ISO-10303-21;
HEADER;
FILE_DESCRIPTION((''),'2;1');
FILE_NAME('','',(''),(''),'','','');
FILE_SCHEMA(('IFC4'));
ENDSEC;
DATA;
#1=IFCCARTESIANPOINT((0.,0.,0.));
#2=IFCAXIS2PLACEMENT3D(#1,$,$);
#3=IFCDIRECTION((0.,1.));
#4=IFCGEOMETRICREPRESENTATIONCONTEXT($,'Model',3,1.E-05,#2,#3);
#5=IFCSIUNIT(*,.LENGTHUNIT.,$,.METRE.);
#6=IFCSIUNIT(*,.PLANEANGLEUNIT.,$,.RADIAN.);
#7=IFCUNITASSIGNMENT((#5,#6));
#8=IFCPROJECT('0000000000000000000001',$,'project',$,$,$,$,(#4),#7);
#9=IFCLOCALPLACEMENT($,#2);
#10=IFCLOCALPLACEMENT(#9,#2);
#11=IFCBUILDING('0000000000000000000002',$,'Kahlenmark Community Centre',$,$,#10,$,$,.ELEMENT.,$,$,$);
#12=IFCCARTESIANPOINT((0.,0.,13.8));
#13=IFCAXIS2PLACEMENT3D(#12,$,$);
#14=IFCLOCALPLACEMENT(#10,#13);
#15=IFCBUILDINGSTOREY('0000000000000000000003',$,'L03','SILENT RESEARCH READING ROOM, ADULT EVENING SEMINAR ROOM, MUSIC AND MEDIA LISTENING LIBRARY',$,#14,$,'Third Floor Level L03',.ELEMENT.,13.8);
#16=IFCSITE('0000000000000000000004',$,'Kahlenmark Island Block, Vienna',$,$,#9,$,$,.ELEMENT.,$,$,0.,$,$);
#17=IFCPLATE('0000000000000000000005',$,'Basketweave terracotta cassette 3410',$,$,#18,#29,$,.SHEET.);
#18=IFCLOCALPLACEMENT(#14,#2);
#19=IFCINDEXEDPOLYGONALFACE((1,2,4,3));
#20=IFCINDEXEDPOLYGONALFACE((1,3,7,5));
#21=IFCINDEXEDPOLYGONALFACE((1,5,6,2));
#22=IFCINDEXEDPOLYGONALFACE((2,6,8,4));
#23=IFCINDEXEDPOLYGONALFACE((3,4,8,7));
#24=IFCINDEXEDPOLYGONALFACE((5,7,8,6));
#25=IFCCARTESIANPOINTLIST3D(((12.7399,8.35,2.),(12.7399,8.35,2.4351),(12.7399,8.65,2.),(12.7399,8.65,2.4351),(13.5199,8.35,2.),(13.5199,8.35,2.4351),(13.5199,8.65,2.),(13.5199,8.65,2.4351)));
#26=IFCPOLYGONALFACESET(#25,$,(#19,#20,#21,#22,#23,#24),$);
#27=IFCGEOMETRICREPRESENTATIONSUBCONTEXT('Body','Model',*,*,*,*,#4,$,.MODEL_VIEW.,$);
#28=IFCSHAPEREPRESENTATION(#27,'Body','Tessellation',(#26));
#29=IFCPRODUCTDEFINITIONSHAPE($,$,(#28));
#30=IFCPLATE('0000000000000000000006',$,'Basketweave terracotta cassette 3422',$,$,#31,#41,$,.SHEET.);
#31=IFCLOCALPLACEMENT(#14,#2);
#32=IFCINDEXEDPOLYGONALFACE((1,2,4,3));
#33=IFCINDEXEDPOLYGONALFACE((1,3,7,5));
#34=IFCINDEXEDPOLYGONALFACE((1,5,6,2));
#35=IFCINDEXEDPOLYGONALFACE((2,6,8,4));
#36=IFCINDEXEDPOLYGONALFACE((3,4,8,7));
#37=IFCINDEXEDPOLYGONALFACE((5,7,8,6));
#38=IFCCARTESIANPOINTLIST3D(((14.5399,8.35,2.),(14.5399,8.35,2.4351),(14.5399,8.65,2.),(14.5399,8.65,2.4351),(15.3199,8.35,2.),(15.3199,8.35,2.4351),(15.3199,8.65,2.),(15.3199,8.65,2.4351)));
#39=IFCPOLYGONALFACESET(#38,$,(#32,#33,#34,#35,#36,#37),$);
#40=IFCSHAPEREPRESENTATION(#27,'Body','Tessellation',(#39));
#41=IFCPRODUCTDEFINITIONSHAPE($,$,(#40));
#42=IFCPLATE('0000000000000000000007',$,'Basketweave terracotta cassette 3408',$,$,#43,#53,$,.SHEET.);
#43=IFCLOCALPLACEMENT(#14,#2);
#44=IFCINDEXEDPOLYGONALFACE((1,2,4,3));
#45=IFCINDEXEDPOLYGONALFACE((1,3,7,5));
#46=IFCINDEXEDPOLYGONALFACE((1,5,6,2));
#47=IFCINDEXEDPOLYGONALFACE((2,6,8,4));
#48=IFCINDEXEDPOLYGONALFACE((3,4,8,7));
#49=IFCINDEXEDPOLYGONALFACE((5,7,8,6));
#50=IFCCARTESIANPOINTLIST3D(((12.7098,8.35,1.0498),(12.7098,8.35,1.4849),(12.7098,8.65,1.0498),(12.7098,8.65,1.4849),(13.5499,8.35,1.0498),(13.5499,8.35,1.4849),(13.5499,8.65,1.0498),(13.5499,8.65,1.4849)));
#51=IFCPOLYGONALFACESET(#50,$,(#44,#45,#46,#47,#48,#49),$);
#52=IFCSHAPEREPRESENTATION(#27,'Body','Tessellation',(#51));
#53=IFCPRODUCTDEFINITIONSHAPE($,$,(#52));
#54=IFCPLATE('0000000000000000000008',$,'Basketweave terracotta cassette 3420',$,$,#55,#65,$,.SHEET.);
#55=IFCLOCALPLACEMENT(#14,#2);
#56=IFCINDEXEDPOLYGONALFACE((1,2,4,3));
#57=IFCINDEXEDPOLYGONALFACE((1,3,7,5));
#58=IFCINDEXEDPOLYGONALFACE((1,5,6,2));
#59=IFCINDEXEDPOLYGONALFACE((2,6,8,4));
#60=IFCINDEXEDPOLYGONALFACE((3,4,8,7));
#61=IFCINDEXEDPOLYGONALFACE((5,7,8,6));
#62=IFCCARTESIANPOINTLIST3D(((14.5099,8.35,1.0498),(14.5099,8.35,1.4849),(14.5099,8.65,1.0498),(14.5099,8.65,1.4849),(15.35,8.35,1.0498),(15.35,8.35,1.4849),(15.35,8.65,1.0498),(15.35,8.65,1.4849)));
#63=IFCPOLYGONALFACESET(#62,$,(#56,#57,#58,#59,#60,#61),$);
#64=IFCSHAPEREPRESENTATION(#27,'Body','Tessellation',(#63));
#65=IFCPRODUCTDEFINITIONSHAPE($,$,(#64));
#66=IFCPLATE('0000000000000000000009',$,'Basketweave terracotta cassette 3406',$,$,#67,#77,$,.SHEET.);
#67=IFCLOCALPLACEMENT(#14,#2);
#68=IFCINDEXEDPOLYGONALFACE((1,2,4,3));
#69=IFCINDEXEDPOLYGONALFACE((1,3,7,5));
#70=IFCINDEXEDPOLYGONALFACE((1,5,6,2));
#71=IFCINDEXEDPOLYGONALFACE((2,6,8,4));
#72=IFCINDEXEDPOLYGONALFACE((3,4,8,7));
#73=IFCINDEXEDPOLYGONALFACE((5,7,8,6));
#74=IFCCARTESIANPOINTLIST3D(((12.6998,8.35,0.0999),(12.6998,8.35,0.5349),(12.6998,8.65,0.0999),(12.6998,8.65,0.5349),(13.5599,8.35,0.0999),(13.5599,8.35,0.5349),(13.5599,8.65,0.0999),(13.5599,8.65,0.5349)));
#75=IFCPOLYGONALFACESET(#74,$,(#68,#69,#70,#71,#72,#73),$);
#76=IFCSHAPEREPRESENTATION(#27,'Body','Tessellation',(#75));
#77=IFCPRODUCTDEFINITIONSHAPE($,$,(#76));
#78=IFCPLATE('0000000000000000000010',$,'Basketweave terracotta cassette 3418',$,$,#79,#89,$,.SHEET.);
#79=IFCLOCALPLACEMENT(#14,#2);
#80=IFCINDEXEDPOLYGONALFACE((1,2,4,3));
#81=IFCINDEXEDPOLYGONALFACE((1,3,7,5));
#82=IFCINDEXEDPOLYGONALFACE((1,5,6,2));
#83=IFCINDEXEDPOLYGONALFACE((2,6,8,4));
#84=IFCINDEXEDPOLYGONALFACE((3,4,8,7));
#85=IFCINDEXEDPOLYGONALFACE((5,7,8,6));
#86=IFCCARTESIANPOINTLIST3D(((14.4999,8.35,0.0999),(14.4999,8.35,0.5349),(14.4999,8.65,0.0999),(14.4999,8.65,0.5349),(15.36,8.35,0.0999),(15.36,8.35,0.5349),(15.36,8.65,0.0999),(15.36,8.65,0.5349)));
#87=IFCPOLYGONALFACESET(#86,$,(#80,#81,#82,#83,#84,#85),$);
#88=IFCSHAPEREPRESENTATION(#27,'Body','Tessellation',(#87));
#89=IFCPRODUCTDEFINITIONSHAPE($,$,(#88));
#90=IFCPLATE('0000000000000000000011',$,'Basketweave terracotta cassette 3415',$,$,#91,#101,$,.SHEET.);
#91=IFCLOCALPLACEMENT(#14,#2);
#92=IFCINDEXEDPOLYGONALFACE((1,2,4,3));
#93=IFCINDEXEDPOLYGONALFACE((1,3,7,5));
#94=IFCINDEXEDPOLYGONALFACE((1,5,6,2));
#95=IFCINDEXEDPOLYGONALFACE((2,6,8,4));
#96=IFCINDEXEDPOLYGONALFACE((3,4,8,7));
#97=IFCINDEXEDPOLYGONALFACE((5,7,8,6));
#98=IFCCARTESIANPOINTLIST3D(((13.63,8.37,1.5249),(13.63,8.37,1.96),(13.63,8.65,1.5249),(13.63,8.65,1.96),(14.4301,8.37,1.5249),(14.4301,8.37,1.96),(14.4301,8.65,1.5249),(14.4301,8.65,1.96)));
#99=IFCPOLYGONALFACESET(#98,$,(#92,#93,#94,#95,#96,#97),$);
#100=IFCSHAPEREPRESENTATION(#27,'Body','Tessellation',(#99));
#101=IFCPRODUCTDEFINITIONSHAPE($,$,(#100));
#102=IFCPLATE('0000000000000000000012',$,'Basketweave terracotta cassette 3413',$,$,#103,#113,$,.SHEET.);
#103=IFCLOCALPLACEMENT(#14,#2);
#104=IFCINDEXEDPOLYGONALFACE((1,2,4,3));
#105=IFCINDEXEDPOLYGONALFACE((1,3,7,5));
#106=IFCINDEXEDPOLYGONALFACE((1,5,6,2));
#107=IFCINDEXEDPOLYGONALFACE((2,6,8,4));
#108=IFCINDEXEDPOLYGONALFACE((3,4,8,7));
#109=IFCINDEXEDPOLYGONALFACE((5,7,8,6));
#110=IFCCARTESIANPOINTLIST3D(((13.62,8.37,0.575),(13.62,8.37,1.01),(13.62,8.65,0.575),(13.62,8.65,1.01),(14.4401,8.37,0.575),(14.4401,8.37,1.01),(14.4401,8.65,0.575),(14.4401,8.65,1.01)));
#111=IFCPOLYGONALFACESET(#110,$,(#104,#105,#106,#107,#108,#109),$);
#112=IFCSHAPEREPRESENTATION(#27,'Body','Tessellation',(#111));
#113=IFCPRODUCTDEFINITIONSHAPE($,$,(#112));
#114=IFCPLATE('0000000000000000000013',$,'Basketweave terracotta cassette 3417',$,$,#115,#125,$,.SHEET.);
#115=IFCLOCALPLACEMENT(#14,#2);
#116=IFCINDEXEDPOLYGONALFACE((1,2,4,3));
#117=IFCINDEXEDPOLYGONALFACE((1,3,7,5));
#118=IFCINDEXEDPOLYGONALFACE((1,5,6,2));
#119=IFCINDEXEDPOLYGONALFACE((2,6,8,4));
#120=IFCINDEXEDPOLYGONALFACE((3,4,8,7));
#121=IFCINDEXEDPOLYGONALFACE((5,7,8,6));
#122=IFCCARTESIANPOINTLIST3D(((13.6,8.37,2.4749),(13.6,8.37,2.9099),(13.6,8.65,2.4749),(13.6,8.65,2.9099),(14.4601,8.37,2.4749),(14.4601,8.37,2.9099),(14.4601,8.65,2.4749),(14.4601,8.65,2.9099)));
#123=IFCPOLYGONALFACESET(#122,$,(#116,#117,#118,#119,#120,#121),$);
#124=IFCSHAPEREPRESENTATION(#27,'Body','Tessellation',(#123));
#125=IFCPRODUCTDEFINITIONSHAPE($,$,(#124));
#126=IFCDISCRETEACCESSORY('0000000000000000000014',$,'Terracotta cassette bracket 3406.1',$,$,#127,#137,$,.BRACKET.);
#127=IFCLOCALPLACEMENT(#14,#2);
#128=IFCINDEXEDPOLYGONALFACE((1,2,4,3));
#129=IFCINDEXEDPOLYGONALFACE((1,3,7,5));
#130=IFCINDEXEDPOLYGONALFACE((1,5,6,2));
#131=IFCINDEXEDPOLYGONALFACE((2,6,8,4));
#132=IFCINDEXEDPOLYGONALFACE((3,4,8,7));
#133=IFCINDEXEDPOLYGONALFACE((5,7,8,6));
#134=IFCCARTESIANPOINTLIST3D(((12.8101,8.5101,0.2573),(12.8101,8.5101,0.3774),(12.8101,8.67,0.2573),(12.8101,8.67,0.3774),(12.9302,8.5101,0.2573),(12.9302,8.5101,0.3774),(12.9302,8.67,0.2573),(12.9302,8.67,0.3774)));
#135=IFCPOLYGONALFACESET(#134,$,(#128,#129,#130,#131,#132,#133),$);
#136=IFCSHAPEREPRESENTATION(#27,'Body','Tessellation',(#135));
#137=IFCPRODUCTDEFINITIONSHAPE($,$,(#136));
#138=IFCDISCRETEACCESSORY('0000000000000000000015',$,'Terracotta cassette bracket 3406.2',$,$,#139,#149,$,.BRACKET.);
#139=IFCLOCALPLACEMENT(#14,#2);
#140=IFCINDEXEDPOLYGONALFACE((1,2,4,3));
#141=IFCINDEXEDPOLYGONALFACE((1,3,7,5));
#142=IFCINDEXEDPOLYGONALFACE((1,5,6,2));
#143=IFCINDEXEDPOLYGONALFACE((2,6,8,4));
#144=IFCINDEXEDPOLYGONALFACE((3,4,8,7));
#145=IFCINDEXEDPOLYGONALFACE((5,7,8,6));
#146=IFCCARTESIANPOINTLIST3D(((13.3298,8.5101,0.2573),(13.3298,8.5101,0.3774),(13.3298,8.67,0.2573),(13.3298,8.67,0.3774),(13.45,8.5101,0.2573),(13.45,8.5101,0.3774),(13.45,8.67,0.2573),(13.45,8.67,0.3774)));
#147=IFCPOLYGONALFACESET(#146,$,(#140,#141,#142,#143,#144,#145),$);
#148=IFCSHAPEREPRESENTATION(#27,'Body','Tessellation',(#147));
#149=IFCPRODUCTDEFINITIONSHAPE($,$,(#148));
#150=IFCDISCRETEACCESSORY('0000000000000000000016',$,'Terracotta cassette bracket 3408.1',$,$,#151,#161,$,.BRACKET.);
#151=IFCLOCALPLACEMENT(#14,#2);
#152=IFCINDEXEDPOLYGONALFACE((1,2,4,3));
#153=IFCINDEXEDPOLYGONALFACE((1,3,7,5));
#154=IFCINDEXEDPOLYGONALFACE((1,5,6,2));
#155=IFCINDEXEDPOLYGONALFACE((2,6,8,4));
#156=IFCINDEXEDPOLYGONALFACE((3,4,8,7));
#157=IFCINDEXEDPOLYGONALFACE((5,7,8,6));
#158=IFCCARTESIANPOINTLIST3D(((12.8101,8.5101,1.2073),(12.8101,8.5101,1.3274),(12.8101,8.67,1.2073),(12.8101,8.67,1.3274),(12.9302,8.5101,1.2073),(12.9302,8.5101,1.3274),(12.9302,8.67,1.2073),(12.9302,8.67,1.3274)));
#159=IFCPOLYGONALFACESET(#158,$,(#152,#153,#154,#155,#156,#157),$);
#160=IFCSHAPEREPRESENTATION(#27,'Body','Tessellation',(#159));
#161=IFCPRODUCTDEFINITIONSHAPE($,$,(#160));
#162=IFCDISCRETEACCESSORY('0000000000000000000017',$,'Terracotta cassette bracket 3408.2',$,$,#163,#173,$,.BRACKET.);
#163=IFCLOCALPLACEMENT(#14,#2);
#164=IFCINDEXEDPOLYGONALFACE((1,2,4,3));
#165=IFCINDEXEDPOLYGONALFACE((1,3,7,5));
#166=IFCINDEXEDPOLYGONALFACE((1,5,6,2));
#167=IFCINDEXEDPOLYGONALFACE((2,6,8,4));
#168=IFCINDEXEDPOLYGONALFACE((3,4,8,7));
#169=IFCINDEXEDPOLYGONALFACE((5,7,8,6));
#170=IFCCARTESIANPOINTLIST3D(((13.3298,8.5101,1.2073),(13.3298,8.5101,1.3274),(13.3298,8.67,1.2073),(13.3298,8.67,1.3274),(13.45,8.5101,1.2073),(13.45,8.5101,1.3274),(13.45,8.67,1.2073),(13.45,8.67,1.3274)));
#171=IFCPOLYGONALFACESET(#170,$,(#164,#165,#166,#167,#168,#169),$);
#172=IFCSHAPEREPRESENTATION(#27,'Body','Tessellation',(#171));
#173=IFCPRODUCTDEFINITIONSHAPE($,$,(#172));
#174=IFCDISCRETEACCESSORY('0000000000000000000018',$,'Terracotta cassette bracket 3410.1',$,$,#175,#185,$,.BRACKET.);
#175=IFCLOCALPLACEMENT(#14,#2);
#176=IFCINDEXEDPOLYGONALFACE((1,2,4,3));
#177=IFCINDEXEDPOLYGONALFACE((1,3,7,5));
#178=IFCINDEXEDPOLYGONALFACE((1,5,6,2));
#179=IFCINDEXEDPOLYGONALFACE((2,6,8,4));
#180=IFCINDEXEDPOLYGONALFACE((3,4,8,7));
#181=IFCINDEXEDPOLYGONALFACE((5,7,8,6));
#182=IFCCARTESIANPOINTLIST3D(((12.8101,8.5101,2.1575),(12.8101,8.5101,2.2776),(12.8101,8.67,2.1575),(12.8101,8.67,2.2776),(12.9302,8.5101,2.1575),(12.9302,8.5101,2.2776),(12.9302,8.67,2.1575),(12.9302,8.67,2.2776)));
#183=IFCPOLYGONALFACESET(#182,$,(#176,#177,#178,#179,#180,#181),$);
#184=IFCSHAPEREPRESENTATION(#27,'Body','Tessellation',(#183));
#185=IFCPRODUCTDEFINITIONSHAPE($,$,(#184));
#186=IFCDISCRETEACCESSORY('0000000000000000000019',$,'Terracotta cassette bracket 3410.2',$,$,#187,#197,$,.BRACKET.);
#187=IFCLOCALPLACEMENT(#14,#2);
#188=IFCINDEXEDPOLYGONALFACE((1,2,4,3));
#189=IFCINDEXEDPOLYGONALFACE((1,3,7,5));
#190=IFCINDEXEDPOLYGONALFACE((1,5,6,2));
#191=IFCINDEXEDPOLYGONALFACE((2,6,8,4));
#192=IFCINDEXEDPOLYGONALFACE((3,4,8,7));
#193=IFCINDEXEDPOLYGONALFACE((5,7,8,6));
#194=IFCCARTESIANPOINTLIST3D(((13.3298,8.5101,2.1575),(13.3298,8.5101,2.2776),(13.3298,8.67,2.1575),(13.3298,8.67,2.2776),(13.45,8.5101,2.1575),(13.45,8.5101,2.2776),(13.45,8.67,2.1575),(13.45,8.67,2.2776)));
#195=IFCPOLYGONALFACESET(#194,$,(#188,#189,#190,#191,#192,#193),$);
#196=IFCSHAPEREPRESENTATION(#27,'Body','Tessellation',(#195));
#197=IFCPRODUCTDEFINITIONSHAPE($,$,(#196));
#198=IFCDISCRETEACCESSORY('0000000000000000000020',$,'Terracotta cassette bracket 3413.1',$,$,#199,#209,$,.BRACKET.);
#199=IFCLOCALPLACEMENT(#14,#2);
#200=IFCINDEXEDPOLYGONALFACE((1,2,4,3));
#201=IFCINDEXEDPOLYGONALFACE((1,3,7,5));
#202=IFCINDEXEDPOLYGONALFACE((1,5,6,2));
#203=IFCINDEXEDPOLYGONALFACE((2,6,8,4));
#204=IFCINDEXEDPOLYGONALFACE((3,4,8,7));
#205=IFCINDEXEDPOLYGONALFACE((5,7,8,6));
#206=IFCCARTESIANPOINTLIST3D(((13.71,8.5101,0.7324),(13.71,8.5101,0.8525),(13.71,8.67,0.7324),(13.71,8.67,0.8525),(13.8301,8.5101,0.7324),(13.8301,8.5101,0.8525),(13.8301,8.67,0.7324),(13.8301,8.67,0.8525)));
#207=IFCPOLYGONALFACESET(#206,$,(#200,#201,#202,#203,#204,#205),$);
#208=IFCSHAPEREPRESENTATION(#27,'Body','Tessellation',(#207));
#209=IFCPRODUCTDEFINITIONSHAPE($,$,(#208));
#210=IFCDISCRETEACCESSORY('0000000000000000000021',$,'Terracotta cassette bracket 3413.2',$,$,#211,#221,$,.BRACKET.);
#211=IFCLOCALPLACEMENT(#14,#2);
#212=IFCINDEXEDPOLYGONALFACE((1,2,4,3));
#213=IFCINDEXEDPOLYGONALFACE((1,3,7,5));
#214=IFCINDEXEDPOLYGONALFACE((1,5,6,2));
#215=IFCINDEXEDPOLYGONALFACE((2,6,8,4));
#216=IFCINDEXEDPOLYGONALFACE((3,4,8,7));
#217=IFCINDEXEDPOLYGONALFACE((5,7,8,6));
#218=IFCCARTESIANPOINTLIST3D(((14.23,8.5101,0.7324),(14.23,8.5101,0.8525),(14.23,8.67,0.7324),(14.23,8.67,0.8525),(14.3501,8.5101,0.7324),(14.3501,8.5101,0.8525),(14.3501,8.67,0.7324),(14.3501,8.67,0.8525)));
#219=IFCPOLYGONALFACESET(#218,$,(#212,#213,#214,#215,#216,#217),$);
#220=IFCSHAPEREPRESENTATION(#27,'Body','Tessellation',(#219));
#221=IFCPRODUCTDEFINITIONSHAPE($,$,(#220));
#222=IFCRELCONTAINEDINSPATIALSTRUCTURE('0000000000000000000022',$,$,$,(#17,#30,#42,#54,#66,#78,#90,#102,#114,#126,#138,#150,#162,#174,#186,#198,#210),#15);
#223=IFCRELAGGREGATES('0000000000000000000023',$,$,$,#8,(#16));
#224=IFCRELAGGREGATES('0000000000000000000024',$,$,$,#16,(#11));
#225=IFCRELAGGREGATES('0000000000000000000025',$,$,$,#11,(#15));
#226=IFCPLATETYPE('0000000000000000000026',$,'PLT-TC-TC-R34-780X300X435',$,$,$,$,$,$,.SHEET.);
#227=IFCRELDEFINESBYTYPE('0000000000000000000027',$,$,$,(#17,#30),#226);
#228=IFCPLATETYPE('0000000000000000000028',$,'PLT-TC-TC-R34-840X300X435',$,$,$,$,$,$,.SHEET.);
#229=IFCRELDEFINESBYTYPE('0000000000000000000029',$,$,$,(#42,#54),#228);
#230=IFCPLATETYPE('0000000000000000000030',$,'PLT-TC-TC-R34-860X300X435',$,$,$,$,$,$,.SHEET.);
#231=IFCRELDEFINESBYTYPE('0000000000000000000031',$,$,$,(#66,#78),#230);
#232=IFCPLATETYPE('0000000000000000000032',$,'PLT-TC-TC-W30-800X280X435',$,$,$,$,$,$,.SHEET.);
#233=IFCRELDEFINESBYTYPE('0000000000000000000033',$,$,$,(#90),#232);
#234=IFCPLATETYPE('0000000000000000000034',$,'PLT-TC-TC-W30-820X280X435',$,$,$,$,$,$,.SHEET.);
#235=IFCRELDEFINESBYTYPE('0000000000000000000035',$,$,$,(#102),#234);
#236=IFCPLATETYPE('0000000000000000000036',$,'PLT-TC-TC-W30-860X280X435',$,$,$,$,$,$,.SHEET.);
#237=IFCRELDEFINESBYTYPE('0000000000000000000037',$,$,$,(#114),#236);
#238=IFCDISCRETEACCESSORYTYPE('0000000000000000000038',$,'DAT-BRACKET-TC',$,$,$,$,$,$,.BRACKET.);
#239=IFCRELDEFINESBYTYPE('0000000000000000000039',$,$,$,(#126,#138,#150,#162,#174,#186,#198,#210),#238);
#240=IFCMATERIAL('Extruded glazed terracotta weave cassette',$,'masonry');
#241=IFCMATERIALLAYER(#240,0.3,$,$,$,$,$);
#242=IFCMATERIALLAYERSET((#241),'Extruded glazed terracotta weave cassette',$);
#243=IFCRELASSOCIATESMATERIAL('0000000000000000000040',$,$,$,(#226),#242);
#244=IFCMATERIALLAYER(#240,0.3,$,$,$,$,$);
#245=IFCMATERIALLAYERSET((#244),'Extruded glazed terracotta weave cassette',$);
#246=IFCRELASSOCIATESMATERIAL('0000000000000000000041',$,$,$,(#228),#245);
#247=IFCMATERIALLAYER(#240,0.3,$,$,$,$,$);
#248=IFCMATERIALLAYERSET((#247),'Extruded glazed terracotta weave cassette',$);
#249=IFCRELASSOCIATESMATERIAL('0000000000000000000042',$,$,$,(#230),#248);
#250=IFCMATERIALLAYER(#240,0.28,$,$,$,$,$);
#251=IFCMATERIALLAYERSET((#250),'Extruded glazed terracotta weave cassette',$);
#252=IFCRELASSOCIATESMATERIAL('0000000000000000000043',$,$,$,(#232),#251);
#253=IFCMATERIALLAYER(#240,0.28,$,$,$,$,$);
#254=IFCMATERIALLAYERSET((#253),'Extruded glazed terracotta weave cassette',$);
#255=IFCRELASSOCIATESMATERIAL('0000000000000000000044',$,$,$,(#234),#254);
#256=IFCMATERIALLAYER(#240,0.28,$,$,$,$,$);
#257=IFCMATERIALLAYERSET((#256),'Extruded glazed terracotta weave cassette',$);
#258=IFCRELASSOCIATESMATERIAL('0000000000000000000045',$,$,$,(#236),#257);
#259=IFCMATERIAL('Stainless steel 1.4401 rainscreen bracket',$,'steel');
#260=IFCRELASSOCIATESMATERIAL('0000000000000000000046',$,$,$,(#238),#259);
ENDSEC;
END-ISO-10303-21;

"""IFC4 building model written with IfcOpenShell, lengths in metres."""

from ifc_helpers import new_model, si_unit, direction, frame, origin, origin_2d, place, context, subcontext, project, spatial, rectangle, extrude, material, layer, layer_set, type_object, element, save


model = new_model("IFC4")

# Units and contexts
model_context = context("Model", 3, precision=1e-05, world=origin(), true_north=direction((0.0, 1.0)))
body_context = subcontext(model_context, "Body", "Model", "MODEL_VIEW")
ifc_project = project(units=[si_unit("LENGTHUNIT", "METRE"), si_unit("PLANEANGLEUNIT", "RADIAN")], contexts=[model_context])

# Site, building, storey
site_placement = place(None, origin())
site = spatial("IfcSite", under=ifc_project, at=site_placement, Name="Kahlenmark Island Block, Vienna", CompositionType="ELEMENT", RefElevation=0.0)
building_placement = place(site_placement, origin())
building = spatial("IfcBuilding", under=site, at=building_placement, Name="Kahlenmark Community Centre", CompositionType="ELEMENT")
storey_placement = place(building_placement, frame((0.0, 0.0, 13.8)))
storey = spatial("IfcBuildingStorey", under=building, at=storey_placement, Name="L03", Description="SILENT RESEARCH READING ROOM, ADULT EVENING SEMINAR ROOM, MUSIC AND MEDIA LISTENING LIBRARY", LongName="Third Floor Level L03", CompositionType="ELEMENT", Elevation=13.8)

# Plates
ifc_material_1 = material(Name="Extruded glazed terracotta weave cassette", Category="masonry")
ifc_layer_1 = layer(ifc_material_1, 0.3)
ifc_layer_set_1 = layer_set([ifc_layer_1], Name="Extruded glazed terracotta weave cassette")
plate_type_1 = type_object("IfcPlateType", Name="PLT-TC-TC-R34-780X300X435", PredefinedType="SHEET", material=ifc_layer_set_1)
for number, where, z_axis, x_axis, name in (
    (1, (13.1299, 8.5, 2.0), (0.0, 0.0, 1.0), (1.0, 0.0, 0.0), "Basketweave terracotta cassette 3410"),
    (2, (14.9299, 8.5, 2.0), (0.0, 0.0, 1.0), (1.0, 0.0, 0.0), "Basketweave terracotta cassette 3422"),
):
    element("IfcPlate", number, at=place(storey_placement, frame(where, z_axis=z_axis, x_axis=x_axis)), inside=storey, type_object=plate_type_1, Name=name, PredefinedType="SHEET", context=body_context, shape_type="SweptSolid", body=[
        extrude(rectangle(XDim=0.78, YDim=0.3, at=origin_2d()), origin(), (0.0, 0.0, 1.0), 0.4351),
    ])
ifc_layer_2 = layer(ifc_material_1, 0.3)
ifc_layer_set_2 = layer_set([ifc_layer_2], Name="Extruded glazed terracotta weave cassette")
plate_type_2 = type_object("IfcPlateType", Name="PLT-TC-TC-R34-840X300X435", PredefinedType="SHEET", material=ifc_layer_set_2)
for number, where, z_axis, x_axis, name in (
    (3, (13.1299, 8.5, 1.0498), (0.0, 0.0, 1.0), (1.0, 0.0, 0.0), "Basketweave terracotta cassette 3408"),
    (4, (14.9299, 8.5, 1.0498), (0.0, 0.0, 1.0), (1.0, 0.0, 0.0), "Basketweave terracotta cassette 3420"),
):
    element("IfcPlate", number, at=place(storey_placement, frame(where, z_axis=z_axis, x_axis=x_axis)), inside=storey, type_object=plate_type_2, Name=name, PredefinedType="SHEET", context=body_context, shape_type="SweptSolid", body=[
        extrude(rectangle(XDim=0.8401, YDim=0.3, at=origin_2d()), origin(), (0.0, 0.0, 1.0), 0.4351),
    ])
ifc_layer_3 = layer(ifc_material_1, 0.3)
ifc_layer_set_3 = layer_set([ifc_layer_3], Name="Extruded glazed terracotta weave cassette")
plate_type_3 = type_object("IfcPlateType", Name="PLT-TC-TC-R34-860X300X435", PredefinedType="SHEET", material=ifc_layer_set_3)
for number, where, z_axis, x_axis, name in (
    (5, (13.1299, 8.5, 0.0999), (0.0, 0.0, 1.0), (1.0, 0.0, 0.0), "Basketweave terracotta cassette 3406"),
    (6, (14.9299, 8.5, 0.0999), (0.0, 0.0, 1.0), (1.0, 0.0, 0.0), "Basketweave terracotta cassette 3418"),
):
    element("IfcPlate", number, at=place(storey_placement, frame(where, z_axis=z_axis, x_axis=x_axis)), inside=storey, type_object=plate_type_3, Name=name, PredefinedType="SHEET", context=body_context, shape_type="SweptSolid", body=[
        extrude(rectangle(XDim=0.8601, YDim=0.3, at=origin_2d()), origin(), (0.0, 0.0, 1.0), 0.4351),
    ])
ifc_layer_4 = layer(ifc_material_1, 0.28)
ifc_layer_set_4 = layer_set([ifc_layer_4], Name="Extruded glazed terracotta weave cassette")
plate_type_4 = type_object("IfcPlateType", Name="PLT-TC-TC-W30-800X280X435", PredefinedType="SHEET", material=ifc_layer_set_4)
plate_1_placement = place(storey_placement, frame((14.03, 8.51, 1.5249), z_axis=(0.0, 0.0, 1.0), x_axis=(1.0, 0.0, 0.0)))
element("IfcPlate", 7, at=plate_1_placement, inside=storey, type_object=plate_type_4, Name="Basketweave terracotta cassette 3415", PredefinedType="SHEET", context=body_context, shape_type="SweptSolid", body=[
    extrude(rectangle(XDim=0.8, YDim=0.28, at=origin_2d()), origin(), (0.0, 0.0, 1.0), 0.4351),
])
ifc_layer_5 = layer(ifc_material_1, 0.28)
ifc_layer_set_5 = layer_set([ifc_layer_5], Name="Extruded glazed terracotta weave cassette")
plate_type_5 = type_object("IfcPlateType", Name="PLT-TC-TC-W30-820X280X435", PredefinedType="SHEET", material=ifc_layer_set_5)
plate_2_placement = place(storey_placement, frame((14.03, 8.51, 0.575), z_axis=(0.0, 0.0, 1.0), x_axis=(1.0, 0.0, 0.0)))
element("IfcPlate", 8, at=plate_2_placement, inside=storey, type_object=plate_type_5, Name="Basketweave terracotta cassette 3413", PredefinedType="SHEET", context=body_context, shape_type="SweptSolid", body=[
    extrude(rectangle(XDim=0.8201, YDim=0.28, at=origin_2d()), origin(), (0.0, 0.0, 1.0), 0.4351),
])
ifc_layer_6 = layer(ifc_material_1, 0.28)
ifc_layer_set_6 = layer_set([ifc_layer_6], Name="Extruded glazed terracotta weave cassette")
plate_type_6 = type_object("IfcPlateType", Name="PLT-TC-TC-W30-860X280X435", PredefinedType="SHEET", material=ifc_layer_set_6)
plate_3_placement = place(storey_placement, frame((14.03, 8.51, 2.4749), z_axis=(0.0, 0.0, 1.0), x_axis=(1.0, 0.0, 0.0)))
element("IfcPlate", 9, at=plate_3_placement, inside=storey, type_object=plate_type_6, Name="Basketweave terracotta cassette 3417", PredefinedType="SHEET", context=body_context, shape_type="SweptSolid", body=[
    extrude(rectangle(XDim=0.8601, YDim=0.28, at=origin_2d()), origin(), (0.0, 0.0, 1.0), 0.4351),
])

# Discrete accessories
ifc_material_2 = material(Name="Stainless steel 1.4401 rainscreen bracket", Category="steel")
discrete_accessory_type = type_object("IfcDiscreteAccessoryType", Name="DAT-BRACKET-TC", PredefinedType="BRACKET", material=ifc_material_2)
for number, where, z_axis, x_axis, name in (
    (10, (12.8701, 8.5901, 0.2573), (0.0, 0.0, 1.0), (1.0, 0.0, 0.0), "Terracotta cassette bracket 3406.1"),
    (11, (13.3899, 8.5901, 0.2573), (0.0, 0.0, 1.0), (1.0, 0.0, 0.0), "Terracotta cassette bracket 3406.2"),
    (12, (12.8701, 8.5901, 1.2073), (0.0, 0.0, 1.0), (1.0, 0.0, 0.0), "Terracotta cassette bracket 3408.1"),
    (13, (13.3899, 8.5901, 1.2073), (0.0, 0.0, 1.0), (1.0, 0.0, 0.0), "Terracotta cassette bracket 3408.2"),
    (14, (12.8701, 8.5901, 2.1575), (0.0, 0.0, 1.0), (1.0, 0.0, 0.0), "Terracotta cassette bracket 3410.1"),
    (15, (13.3899, 8.5901, 2.1575), (0.0, 0.0, 1.0), (1.0, 0.0, 0.0), "Terracotta cassette bracket 3410.2"),
    (16, (13.77, 8.5901, 0.7324), (0.0, 0.0, 1.0), (1.0, 0.0, 0.0), "Terracotta cassette bracket 3413.1"),
    (17, (14.29, 8.5901, 0.7324), (0.0, 0.0, 1.0), (1.0, 0.0, 0.0), "Terracotta cassette bracket 3413.2"),
):
    element("IfcDiscreteAccessory", number, at=place(storey_placement, frame(where, z_axis=z_axis, x_axis=x_axis)), inside=storey, type_object=discrete_accessory_type, Name=name, PredefinedType="BRACKET", context=body_context, shape_type="SweptSolid", body=[
        extrude(rectangle(XDim=0.1201, YDim=0.1599, at=origin_2d()), origin(), (0.0, 0.0, 1.0), 0.1201),
    ])

save(model, "model.ifc")
